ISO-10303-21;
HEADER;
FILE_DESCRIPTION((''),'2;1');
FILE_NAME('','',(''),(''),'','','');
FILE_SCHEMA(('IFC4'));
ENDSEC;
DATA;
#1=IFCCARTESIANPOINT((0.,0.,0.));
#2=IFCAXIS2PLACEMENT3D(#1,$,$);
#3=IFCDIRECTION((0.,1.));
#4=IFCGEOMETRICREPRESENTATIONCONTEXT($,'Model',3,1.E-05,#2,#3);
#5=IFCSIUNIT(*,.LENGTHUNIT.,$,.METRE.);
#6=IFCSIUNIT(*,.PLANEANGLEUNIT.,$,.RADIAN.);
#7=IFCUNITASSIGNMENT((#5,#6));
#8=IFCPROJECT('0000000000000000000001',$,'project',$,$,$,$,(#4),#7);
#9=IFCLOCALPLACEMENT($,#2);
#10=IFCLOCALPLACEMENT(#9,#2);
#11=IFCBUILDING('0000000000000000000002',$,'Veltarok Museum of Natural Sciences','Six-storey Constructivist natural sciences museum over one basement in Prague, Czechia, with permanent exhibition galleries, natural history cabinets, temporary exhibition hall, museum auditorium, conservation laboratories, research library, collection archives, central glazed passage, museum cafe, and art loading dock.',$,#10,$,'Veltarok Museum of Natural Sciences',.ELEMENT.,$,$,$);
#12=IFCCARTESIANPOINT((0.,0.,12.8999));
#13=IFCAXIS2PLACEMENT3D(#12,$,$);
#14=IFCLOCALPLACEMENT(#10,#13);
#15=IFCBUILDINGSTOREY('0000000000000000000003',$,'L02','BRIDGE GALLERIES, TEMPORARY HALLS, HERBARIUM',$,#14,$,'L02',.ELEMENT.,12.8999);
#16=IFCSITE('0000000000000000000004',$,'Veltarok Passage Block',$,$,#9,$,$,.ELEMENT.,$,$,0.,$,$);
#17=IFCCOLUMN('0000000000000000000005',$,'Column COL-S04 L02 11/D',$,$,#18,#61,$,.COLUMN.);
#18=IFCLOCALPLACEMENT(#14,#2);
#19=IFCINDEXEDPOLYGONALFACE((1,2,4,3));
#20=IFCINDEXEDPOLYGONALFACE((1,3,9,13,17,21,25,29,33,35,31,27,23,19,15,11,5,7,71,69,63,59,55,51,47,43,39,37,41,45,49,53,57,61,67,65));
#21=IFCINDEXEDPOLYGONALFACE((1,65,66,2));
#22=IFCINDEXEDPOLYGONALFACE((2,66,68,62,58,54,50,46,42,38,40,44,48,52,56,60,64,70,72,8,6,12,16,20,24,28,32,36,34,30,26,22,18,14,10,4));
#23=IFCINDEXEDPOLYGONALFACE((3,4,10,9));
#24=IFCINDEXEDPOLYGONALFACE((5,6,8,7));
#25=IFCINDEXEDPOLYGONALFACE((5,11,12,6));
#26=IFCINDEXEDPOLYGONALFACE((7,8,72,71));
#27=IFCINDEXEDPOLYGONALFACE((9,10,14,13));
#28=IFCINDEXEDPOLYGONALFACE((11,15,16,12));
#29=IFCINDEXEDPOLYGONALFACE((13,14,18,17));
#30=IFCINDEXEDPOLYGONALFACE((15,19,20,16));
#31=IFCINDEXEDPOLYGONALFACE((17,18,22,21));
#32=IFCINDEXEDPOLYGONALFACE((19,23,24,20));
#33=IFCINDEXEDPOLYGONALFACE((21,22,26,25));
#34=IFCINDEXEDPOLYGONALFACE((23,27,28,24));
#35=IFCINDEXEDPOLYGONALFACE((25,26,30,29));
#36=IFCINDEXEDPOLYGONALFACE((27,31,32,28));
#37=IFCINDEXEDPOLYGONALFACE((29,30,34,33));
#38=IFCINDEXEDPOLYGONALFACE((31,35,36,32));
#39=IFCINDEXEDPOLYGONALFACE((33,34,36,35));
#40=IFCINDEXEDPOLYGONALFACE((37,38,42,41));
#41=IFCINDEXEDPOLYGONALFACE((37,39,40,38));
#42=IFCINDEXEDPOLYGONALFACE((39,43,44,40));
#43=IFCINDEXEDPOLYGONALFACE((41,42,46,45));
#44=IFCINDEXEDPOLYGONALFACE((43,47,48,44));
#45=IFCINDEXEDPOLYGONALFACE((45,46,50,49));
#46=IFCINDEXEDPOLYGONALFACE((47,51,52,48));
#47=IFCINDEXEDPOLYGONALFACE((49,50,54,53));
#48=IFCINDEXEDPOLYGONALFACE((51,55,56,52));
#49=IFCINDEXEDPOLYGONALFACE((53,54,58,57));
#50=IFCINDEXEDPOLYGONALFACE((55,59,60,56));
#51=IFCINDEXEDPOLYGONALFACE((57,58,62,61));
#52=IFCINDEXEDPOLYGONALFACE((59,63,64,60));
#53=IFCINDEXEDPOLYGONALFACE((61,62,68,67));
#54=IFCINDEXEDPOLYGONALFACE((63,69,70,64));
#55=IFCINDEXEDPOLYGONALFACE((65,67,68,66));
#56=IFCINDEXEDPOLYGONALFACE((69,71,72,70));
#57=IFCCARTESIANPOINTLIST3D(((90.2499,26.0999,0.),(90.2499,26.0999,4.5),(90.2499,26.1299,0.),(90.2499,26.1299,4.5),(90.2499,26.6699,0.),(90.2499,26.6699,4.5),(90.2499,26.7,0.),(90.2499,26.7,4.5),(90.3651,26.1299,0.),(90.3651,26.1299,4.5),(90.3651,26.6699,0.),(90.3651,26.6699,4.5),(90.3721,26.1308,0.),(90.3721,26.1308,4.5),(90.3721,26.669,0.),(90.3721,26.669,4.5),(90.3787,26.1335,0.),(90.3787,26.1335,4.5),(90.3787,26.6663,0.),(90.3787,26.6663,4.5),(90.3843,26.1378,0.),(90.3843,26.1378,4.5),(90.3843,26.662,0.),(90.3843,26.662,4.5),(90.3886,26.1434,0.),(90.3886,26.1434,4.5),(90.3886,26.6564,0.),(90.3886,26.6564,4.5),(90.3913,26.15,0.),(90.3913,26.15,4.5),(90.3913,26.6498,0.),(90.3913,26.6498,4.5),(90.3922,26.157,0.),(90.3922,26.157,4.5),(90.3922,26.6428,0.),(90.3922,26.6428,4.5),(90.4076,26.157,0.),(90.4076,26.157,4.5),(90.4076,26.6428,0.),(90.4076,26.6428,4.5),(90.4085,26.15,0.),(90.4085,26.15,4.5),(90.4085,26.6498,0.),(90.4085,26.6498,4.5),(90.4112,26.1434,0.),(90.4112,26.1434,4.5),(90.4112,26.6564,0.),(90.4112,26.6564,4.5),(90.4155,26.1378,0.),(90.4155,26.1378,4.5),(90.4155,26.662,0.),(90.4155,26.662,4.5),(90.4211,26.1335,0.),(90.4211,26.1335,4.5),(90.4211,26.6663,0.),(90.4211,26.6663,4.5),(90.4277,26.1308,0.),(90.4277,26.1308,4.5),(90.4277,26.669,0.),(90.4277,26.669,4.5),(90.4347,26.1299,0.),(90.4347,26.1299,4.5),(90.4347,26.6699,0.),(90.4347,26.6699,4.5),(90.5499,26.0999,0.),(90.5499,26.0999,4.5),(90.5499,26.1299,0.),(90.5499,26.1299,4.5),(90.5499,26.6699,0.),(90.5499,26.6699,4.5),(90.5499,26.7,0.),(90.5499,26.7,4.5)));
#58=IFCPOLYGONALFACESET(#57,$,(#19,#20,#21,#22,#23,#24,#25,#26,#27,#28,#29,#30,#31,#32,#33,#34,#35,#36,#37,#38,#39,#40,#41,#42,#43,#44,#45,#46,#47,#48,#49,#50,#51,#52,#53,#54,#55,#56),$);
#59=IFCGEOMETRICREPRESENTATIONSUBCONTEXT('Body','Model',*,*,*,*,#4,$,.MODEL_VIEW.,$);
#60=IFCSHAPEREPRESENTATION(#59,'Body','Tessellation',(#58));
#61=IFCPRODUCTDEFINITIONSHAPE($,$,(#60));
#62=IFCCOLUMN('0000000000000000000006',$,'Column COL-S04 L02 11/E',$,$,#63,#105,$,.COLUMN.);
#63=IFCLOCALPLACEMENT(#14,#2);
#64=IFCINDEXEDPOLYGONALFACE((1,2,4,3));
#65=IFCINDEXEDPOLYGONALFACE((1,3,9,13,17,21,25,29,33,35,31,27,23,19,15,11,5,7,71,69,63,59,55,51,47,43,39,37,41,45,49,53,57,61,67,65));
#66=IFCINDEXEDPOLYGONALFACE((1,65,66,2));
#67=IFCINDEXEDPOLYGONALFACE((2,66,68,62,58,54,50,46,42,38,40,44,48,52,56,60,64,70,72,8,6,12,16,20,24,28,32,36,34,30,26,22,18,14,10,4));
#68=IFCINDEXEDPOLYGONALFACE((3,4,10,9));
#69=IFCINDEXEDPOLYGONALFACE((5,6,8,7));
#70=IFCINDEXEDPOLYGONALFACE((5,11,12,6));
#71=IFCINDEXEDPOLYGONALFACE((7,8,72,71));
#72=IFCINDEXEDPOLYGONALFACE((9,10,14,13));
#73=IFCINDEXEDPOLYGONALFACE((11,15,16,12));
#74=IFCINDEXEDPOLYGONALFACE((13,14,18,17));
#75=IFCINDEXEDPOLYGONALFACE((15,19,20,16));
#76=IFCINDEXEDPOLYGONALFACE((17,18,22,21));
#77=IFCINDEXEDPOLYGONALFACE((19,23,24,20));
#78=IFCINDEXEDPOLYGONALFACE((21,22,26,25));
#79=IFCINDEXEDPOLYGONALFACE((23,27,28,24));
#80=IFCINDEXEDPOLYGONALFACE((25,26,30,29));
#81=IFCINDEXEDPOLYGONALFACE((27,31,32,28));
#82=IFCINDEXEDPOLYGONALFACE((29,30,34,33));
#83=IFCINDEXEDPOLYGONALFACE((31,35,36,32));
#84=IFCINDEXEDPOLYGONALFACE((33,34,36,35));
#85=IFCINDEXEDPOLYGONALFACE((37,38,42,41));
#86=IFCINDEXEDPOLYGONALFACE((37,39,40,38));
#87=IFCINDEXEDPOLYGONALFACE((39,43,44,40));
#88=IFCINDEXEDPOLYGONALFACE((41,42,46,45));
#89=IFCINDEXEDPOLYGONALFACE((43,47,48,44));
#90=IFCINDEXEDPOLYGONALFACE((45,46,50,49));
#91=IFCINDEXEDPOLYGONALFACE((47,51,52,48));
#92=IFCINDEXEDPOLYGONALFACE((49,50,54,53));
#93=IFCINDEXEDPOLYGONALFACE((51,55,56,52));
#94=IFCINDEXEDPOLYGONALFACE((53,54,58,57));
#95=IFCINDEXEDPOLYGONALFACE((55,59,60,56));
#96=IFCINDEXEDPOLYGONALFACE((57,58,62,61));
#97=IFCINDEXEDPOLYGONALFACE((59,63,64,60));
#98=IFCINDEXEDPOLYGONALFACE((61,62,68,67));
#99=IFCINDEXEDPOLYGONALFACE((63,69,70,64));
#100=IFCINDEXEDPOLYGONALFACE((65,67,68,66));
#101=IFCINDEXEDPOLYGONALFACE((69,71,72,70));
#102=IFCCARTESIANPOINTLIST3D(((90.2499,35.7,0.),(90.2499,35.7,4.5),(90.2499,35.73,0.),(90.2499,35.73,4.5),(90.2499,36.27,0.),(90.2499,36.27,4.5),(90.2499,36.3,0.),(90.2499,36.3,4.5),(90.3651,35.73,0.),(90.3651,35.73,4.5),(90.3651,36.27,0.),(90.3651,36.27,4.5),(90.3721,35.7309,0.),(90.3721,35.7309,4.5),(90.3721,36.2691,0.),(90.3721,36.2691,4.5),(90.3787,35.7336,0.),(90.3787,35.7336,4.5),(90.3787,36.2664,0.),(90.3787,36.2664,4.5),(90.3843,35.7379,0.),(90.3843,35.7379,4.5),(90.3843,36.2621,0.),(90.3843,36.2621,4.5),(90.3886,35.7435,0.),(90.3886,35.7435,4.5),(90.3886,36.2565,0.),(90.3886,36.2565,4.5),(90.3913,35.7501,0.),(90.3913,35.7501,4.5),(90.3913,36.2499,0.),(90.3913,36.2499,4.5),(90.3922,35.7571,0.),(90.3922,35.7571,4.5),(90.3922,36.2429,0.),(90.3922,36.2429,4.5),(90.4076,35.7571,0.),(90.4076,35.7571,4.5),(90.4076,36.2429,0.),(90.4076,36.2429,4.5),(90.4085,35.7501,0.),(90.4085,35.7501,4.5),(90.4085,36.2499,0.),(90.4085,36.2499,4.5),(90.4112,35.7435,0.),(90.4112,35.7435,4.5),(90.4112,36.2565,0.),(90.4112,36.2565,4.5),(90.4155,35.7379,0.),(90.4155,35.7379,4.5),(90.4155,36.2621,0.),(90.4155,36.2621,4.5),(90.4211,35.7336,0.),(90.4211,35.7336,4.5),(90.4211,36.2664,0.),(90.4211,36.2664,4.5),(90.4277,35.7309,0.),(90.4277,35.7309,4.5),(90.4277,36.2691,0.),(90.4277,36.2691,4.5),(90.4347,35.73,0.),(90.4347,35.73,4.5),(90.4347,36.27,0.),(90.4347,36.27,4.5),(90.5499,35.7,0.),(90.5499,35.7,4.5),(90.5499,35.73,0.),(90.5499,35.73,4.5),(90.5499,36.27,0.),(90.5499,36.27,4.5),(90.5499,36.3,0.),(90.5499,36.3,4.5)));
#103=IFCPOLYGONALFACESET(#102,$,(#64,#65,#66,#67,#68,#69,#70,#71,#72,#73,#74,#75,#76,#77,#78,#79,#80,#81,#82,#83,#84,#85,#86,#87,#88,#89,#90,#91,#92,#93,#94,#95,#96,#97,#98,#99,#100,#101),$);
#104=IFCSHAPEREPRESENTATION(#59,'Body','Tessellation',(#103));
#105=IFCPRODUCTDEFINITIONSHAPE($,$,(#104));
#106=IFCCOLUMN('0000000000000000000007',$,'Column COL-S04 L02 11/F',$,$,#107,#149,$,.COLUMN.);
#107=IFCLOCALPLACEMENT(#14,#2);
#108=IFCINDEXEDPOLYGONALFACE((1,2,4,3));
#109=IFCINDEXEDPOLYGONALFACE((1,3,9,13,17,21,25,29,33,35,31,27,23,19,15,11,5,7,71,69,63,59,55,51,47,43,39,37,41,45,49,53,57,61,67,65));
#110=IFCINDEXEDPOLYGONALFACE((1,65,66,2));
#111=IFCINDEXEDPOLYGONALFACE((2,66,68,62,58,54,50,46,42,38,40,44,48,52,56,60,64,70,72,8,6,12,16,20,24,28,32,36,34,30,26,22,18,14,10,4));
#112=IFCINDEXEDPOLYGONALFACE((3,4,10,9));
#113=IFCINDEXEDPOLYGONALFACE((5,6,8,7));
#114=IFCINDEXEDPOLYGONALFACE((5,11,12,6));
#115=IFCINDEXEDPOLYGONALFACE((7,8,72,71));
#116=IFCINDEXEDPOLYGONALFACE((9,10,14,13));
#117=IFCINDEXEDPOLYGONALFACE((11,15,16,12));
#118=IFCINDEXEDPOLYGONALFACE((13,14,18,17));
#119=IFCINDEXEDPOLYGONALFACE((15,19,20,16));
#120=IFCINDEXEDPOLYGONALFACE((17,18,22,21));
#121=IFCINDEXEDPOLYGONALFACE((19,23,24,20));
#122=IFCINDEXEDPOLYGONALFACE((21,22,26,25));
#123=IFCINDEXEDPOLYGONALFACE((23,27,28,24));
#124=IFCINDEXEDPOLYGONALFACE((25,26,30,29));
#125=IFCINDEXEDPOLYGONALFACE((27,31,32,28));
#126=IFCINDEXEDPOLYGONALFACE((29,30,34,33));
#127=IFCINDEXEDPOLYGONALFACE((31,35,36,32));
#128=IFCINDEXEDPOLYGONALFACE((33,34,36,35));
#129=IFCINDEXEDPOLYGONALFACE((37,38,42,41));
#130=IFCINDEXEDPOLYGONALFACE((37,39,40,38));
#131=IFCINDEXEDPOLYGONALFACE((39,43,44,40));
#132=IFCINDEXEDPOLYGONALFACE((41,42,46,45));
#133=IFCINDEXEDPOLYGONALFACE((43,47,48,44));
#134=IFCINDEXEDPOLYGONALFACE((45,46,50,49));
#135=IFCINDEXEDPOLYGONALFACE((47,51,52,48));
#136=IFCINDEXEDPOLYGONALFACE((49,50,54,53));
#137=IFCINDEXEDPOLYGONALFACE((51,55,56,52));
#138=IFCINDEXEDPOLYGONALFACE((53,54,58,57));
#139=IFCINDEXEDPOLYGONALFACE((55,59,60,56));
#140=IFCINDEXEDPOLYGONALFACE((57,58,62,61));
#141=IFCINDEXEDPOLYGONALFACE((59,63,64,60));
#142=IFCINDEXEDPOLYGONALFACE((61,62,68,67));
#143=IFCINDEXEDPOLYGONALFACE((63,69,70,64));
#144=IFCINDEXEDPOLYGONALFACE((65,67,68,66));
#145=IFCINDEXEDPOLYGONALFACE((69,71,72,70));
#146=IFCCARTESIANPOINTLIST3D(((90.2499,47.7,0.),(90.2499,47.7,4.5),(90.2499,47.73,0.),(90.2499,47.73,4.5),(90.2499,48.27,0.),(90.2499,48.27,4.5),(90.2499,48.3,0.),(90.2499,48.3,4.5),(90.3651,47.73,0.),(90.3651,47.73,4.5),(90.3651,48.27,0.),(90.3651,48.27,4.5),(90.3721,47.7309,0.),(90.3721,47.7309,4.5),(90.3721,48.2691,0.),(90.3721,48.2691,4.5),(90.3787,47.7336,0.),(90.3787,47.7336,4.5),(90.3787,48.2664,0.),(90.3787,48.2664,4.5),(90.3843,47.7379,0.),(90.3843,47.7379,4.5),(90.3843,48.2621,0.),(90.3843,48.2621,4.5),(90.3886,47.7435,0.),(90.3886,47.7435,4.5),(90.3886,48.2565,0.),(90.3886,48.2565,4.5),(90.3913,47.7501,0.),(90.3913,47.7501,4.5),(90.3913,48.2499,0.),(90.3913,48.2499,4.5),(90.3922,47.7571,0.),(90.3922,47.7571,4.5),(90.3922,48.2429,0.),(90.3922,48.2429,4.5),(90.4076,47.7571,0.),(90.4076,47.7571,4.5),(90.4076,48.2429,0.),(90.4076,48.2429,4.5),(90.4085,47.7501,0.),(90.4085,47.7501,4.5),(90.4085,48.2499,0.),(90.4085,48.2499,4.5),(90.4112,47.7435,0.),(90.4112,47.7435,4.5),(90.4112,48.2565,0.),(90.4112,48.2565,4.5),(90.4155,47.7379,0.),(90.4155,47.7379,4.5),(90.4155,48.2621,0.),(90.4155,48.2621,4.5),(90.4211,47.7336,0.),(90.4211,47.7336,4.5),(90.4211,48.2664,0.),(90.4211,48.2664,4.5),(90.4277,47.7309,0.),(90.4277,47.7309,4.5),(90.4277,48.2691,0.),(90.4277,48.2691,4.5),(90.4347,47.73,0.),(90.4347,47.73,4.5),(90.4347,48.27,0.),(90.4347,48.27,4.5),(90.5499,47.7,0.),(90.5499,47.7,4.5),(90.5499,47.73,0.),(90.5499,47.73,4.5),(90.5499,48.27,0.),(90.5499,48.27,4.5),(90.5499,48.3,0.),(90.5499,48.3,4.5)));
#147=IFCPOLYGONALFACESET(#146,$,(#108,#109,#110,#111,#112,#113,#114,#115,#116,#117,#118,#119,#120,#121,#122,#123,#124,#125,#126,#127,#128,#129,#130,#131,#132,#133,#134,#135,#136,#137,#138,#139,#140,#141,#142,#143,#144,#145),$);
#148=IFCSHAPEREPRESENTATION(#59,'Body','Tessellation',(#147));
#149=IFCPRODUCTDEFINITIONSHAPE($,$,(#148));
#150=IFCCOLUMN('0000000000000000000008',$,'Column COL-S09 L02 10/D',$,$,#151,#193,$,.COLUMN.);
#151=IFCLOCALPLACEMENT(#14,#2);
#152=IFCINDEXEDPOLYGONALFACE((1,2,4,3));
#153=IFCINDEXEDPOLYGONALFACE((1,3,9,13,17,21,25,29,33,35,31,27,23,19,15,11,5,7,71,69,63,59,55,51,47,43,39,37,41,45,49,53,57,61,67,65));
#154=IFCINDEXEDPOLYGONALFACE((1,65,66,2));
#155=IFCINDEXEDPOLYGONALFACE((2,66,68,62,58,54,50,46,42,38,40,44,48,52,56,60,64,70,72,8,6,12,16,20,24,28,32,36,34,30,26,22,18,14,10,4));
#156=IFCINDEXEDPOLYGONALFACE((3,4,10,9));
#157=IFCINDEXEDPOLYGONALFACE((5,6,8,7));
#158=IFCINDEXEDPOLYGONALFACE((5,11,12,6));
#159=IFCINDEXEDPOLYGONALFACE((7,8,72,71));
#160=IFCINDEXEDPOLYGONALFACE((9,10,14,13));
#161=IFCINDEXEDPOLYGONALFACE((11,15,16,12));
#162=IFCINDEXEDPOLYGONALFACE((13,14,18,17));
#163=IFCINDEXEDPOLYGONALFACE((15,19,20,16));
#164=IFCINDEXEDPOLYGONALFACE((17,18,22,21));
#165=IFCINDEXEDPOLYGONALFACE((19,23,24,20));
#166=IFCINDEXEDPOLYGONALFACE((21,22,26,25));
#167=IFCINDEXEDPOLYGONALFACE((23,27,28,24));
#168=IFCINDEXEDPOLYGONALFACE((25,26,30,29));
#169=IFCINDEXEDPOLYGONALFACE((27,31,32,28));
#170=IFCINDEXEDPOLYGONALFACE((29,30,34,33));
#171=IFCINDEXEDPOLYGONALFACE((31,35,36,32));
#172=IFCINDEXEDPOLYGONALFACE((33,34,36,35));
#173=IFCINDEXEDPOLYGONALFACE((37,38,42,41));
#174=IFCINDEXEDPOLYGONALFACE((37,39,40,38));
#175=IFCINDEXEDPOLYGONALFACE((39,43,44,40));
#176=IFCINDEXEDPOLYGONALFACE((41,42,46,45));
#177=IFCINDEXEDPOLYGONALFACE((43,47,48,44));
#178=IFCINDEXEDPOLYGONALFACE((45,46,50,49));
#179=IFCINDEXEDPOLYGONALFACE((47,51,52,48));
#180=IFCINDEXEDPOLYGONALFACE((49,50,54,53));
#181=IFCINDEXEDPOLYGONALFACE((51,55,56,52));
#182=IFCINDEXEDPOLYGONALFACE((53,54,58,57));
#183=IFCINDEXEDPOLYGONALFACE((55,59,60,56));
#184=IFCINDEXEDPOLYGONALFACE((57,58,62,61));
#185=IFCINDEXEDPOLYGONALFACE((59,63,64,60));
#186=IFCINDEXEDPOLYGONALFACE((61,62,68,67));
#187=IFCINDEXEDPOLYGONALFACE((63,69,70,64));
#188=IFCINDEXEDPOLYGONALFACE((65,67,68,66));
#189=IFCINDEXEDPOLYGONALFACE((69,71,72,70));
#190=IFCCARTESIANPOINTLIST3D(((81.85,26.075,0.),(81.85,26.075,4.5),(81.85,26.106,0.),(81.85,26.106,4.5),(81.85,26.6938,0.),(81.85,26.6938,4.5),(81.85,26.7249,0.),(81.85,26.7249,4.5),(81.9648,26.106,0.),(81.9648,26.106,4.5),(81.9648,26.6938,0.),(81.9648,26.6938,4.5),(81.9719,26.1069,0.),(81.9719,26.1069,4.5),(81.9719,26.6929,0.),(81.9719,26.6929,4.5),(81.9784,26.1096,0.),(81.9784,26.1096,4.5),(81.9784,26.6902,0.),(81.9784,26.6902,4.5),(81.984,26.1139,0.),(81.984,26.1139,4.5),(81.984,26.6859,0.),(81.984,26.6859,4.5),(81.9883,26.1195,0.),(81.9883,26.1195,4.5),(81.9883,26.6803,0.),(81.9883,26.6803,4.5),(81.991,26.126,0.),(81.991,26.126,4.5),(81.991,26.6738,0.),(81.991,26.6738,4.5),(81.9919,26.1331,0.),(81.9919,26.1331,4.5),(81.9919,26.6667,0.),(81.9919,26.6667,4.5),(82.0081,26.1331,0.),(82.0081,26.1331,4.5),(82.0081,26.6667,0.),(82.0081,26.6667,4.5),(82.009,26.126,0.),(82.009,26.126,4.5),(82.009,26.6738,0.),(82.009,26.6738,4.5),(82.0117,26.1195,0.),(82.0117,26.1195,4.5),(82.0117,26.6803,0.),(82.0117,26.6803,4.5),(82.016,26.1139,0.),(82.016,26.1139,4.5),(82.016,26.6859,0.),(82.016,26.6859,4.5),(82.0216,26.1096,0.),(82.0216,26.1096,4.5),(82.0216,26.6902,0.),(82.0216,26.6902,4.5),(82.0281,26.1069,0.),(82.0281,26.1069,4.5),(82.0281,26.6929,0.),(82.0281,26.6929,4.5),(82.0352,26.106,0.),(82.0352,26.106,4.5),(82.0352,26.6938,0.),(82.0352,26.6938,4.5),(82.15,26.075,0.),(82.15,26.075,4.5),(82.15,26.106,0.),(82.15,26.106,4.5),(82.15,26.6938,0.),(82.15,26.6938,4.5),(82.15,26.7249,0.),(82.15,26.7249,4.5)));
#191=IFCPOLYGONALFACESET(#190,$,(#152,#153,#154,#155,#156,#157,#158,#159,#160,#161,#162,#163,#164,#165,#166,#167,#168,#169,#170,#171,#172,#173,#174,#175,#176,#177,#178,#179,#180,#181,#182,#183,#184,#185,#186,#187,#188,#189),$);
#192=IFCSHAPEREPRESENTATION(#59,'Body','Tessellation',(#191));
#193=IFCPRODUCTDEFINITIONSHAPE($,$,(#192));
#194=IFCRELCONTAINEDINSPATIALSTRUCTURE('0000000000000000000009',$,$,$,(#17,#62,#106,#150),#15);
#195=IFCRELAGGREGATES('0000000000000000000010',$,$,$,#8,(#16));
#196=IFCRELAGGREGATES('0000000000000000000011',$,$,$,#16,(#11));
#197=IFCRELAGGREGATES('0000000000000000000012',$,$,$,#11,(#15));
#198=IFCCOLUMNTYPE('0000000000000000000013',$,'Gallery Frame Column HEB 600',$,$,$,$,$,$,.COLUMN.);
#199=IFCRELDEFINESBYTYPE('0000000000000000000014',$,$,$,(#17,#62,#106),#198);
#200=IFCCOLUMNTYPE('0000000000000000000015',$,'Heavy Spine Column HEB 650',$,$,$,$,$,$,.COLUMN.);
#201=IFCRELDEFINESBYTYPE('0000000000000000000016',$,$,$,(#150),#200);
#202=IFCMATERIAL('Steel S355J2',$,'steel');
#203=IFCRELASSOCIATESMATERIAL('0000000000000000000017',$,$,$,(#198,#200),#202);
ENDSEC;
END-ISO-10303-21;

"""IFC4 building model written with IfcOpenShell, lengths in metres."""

from ifc_helpers import new_model, si_unit, direction, frame, origin, origin_2d, place, context, subcontext, project, spatial, i_section, extrude, material, material_profile, profile_set, type_object, element, save


model = new_model("IFC4")

# Units and contexts
model_context = context("Model", 3, precision=1e-05, world=origin(), true_north=direction((0.0, 1.0)))
body_context = subcontext(model_context, "Body", "Model", "MODEL_VIEW")
ifc_project = project(units=[si_unit("LENGTHUNIT", "METRE"), si_unit("PLANEANGLEUNIT", "RADIAN")], contexts=[model_context])

# Site, building, storey
site_placement = place(None, origin())
site = spatial("IfcSite", under=ifc_project, at=site_placement, Name="Veltarok Passage Block", CompositionType="ELEMENT", RefElevation=0.0)
building_placement = place(site_placement, origin())
building = spatial("IfcBuilding", under=site, at=building_placement, Name="Veltarok Museum of Natural Sciences", Description="Six-storey Constructivist natural sciences museum over one basement in Prague, Czechia, with permanent exhibition galleries, natural history cabinets, temporary exhibition hall, museum auditorium, conservation laboratories, research library, collection archives, central glazed passage, museum cafe, and art loading dock.", LongName="Veltarok Museum of Natural Sciences", CompositionType="ELEMENT")
storey_placement = place(building_placement, frame((0.0, 0.0, 12.8999)))
storey = spatial("IfcBuildingStorey", under=building, at=storey_placement, Name="L02", Description="BRIDGE GALLERIES, TEMPORARY HALLS, HERBARIUM", LongName="L02", CompositionType="ELEMENT", Elevation=12.8999)

# Columns
ifc_material_1 = material(Name="Steel S355J2", Category="steel")
ifc_material_profile_1 = material_profile(ifc_material_1, i_section(OverallWidth=0.3, OverallDepth=0.6001, WebThickness=0.0154, FlangeThickness=0.03, FilletRadius=0.0271, at=origin_2d()), Name="HEB 600")
ifc_profile_set_1 = profile_set([ifc_material_profile_1], Name="Steel S355J2")
column_type_1 = type_object("IfcColumnType", Name="Gallery Frame Column HEB 600", PredefinedType="COLUMN", material=ifc_profile_set_1)
for number, where, z_axis, x_axis, name in (
    (1, (90.3999, 26.3999, 0.0), (0.0, 0.0, 1.0), (1.0, 0.0, 0.0), "Column COL-S04 L02 11/D"),
    (2, (90.3999, 36.0, 0.0), (0.0, 0.0, 1.0), (1.0, 0.0, 0.0), "Column COL-S04 L02 11/E"),
    (3, (90.3999, 48.0, 0.0), (0.0, 0.0, 1.0), (1.0, 0.0, 0.0), "Column COL-S04 L02 11/F"),
):
    element("IfcColumn", number, at=place(storey_placement, frame(where, z_axis=z_axis, x_axis=x_axis)), inside=storey, type_object=column_type_1, Name=name, PredefinedType="COLUMN", context=body_context, shape_type="SweptSolid", body=[
        extrude(i_section(OverallWidth=0.3, OverallDepth=0.6001, WebThickness=0.0154, FlangeThickness=0.03, FilletRadius=0.0271, at=origin_2d()), origin(), (0.0, 0.0, 1.0), 4.5),
    ])
ifc_material_profile_2 = material_profile(ifc_material_1, i_section(OverallWidth=0.3, OverallDepth=0.6499, WebThickness=0.0161, FlangeThickness=0.031, FilletRadius=0.0271, at=origin_2d()), Name="HEB 650")
ifc_profile_set_2 = profile_set([ifc_material_profile_2], Name="Steel S355J2")
column_type_2 = type_object("IfcColumnType", Name="Heavy Spine Column HEB 650", PredefinedType="COLUMN", material=ifc_profile_set_2)
for number, where, z_axis, x_axis, name in (
    (4, (82.0, 26.3999, 0.0), (0.0, 0.0, 1.0), (1.0, 0.0, 0.0), "Column COL-S09 L02 10/D"),
):
    element("IfcColumn", number, at=place(storey_placement, frame(where, z_axis=z_axis, x_axis=x_axis)), inside=storey, type_object=column_type_2, Name=name, PredefinedType="COLUMN", context=body_context, shape_type="SweptSolid", body=[
        extrude(i_section(OverallWidth=0.3, OverallDepth=0.6499, WebThickness=0.0161, FlangeThickness=0.031, FilletRadius=0.0271, at=origin_2d()), origin(), (0.0, 0.0, 1.0), 4.5),
    ])

save(model, "model.ifc")
